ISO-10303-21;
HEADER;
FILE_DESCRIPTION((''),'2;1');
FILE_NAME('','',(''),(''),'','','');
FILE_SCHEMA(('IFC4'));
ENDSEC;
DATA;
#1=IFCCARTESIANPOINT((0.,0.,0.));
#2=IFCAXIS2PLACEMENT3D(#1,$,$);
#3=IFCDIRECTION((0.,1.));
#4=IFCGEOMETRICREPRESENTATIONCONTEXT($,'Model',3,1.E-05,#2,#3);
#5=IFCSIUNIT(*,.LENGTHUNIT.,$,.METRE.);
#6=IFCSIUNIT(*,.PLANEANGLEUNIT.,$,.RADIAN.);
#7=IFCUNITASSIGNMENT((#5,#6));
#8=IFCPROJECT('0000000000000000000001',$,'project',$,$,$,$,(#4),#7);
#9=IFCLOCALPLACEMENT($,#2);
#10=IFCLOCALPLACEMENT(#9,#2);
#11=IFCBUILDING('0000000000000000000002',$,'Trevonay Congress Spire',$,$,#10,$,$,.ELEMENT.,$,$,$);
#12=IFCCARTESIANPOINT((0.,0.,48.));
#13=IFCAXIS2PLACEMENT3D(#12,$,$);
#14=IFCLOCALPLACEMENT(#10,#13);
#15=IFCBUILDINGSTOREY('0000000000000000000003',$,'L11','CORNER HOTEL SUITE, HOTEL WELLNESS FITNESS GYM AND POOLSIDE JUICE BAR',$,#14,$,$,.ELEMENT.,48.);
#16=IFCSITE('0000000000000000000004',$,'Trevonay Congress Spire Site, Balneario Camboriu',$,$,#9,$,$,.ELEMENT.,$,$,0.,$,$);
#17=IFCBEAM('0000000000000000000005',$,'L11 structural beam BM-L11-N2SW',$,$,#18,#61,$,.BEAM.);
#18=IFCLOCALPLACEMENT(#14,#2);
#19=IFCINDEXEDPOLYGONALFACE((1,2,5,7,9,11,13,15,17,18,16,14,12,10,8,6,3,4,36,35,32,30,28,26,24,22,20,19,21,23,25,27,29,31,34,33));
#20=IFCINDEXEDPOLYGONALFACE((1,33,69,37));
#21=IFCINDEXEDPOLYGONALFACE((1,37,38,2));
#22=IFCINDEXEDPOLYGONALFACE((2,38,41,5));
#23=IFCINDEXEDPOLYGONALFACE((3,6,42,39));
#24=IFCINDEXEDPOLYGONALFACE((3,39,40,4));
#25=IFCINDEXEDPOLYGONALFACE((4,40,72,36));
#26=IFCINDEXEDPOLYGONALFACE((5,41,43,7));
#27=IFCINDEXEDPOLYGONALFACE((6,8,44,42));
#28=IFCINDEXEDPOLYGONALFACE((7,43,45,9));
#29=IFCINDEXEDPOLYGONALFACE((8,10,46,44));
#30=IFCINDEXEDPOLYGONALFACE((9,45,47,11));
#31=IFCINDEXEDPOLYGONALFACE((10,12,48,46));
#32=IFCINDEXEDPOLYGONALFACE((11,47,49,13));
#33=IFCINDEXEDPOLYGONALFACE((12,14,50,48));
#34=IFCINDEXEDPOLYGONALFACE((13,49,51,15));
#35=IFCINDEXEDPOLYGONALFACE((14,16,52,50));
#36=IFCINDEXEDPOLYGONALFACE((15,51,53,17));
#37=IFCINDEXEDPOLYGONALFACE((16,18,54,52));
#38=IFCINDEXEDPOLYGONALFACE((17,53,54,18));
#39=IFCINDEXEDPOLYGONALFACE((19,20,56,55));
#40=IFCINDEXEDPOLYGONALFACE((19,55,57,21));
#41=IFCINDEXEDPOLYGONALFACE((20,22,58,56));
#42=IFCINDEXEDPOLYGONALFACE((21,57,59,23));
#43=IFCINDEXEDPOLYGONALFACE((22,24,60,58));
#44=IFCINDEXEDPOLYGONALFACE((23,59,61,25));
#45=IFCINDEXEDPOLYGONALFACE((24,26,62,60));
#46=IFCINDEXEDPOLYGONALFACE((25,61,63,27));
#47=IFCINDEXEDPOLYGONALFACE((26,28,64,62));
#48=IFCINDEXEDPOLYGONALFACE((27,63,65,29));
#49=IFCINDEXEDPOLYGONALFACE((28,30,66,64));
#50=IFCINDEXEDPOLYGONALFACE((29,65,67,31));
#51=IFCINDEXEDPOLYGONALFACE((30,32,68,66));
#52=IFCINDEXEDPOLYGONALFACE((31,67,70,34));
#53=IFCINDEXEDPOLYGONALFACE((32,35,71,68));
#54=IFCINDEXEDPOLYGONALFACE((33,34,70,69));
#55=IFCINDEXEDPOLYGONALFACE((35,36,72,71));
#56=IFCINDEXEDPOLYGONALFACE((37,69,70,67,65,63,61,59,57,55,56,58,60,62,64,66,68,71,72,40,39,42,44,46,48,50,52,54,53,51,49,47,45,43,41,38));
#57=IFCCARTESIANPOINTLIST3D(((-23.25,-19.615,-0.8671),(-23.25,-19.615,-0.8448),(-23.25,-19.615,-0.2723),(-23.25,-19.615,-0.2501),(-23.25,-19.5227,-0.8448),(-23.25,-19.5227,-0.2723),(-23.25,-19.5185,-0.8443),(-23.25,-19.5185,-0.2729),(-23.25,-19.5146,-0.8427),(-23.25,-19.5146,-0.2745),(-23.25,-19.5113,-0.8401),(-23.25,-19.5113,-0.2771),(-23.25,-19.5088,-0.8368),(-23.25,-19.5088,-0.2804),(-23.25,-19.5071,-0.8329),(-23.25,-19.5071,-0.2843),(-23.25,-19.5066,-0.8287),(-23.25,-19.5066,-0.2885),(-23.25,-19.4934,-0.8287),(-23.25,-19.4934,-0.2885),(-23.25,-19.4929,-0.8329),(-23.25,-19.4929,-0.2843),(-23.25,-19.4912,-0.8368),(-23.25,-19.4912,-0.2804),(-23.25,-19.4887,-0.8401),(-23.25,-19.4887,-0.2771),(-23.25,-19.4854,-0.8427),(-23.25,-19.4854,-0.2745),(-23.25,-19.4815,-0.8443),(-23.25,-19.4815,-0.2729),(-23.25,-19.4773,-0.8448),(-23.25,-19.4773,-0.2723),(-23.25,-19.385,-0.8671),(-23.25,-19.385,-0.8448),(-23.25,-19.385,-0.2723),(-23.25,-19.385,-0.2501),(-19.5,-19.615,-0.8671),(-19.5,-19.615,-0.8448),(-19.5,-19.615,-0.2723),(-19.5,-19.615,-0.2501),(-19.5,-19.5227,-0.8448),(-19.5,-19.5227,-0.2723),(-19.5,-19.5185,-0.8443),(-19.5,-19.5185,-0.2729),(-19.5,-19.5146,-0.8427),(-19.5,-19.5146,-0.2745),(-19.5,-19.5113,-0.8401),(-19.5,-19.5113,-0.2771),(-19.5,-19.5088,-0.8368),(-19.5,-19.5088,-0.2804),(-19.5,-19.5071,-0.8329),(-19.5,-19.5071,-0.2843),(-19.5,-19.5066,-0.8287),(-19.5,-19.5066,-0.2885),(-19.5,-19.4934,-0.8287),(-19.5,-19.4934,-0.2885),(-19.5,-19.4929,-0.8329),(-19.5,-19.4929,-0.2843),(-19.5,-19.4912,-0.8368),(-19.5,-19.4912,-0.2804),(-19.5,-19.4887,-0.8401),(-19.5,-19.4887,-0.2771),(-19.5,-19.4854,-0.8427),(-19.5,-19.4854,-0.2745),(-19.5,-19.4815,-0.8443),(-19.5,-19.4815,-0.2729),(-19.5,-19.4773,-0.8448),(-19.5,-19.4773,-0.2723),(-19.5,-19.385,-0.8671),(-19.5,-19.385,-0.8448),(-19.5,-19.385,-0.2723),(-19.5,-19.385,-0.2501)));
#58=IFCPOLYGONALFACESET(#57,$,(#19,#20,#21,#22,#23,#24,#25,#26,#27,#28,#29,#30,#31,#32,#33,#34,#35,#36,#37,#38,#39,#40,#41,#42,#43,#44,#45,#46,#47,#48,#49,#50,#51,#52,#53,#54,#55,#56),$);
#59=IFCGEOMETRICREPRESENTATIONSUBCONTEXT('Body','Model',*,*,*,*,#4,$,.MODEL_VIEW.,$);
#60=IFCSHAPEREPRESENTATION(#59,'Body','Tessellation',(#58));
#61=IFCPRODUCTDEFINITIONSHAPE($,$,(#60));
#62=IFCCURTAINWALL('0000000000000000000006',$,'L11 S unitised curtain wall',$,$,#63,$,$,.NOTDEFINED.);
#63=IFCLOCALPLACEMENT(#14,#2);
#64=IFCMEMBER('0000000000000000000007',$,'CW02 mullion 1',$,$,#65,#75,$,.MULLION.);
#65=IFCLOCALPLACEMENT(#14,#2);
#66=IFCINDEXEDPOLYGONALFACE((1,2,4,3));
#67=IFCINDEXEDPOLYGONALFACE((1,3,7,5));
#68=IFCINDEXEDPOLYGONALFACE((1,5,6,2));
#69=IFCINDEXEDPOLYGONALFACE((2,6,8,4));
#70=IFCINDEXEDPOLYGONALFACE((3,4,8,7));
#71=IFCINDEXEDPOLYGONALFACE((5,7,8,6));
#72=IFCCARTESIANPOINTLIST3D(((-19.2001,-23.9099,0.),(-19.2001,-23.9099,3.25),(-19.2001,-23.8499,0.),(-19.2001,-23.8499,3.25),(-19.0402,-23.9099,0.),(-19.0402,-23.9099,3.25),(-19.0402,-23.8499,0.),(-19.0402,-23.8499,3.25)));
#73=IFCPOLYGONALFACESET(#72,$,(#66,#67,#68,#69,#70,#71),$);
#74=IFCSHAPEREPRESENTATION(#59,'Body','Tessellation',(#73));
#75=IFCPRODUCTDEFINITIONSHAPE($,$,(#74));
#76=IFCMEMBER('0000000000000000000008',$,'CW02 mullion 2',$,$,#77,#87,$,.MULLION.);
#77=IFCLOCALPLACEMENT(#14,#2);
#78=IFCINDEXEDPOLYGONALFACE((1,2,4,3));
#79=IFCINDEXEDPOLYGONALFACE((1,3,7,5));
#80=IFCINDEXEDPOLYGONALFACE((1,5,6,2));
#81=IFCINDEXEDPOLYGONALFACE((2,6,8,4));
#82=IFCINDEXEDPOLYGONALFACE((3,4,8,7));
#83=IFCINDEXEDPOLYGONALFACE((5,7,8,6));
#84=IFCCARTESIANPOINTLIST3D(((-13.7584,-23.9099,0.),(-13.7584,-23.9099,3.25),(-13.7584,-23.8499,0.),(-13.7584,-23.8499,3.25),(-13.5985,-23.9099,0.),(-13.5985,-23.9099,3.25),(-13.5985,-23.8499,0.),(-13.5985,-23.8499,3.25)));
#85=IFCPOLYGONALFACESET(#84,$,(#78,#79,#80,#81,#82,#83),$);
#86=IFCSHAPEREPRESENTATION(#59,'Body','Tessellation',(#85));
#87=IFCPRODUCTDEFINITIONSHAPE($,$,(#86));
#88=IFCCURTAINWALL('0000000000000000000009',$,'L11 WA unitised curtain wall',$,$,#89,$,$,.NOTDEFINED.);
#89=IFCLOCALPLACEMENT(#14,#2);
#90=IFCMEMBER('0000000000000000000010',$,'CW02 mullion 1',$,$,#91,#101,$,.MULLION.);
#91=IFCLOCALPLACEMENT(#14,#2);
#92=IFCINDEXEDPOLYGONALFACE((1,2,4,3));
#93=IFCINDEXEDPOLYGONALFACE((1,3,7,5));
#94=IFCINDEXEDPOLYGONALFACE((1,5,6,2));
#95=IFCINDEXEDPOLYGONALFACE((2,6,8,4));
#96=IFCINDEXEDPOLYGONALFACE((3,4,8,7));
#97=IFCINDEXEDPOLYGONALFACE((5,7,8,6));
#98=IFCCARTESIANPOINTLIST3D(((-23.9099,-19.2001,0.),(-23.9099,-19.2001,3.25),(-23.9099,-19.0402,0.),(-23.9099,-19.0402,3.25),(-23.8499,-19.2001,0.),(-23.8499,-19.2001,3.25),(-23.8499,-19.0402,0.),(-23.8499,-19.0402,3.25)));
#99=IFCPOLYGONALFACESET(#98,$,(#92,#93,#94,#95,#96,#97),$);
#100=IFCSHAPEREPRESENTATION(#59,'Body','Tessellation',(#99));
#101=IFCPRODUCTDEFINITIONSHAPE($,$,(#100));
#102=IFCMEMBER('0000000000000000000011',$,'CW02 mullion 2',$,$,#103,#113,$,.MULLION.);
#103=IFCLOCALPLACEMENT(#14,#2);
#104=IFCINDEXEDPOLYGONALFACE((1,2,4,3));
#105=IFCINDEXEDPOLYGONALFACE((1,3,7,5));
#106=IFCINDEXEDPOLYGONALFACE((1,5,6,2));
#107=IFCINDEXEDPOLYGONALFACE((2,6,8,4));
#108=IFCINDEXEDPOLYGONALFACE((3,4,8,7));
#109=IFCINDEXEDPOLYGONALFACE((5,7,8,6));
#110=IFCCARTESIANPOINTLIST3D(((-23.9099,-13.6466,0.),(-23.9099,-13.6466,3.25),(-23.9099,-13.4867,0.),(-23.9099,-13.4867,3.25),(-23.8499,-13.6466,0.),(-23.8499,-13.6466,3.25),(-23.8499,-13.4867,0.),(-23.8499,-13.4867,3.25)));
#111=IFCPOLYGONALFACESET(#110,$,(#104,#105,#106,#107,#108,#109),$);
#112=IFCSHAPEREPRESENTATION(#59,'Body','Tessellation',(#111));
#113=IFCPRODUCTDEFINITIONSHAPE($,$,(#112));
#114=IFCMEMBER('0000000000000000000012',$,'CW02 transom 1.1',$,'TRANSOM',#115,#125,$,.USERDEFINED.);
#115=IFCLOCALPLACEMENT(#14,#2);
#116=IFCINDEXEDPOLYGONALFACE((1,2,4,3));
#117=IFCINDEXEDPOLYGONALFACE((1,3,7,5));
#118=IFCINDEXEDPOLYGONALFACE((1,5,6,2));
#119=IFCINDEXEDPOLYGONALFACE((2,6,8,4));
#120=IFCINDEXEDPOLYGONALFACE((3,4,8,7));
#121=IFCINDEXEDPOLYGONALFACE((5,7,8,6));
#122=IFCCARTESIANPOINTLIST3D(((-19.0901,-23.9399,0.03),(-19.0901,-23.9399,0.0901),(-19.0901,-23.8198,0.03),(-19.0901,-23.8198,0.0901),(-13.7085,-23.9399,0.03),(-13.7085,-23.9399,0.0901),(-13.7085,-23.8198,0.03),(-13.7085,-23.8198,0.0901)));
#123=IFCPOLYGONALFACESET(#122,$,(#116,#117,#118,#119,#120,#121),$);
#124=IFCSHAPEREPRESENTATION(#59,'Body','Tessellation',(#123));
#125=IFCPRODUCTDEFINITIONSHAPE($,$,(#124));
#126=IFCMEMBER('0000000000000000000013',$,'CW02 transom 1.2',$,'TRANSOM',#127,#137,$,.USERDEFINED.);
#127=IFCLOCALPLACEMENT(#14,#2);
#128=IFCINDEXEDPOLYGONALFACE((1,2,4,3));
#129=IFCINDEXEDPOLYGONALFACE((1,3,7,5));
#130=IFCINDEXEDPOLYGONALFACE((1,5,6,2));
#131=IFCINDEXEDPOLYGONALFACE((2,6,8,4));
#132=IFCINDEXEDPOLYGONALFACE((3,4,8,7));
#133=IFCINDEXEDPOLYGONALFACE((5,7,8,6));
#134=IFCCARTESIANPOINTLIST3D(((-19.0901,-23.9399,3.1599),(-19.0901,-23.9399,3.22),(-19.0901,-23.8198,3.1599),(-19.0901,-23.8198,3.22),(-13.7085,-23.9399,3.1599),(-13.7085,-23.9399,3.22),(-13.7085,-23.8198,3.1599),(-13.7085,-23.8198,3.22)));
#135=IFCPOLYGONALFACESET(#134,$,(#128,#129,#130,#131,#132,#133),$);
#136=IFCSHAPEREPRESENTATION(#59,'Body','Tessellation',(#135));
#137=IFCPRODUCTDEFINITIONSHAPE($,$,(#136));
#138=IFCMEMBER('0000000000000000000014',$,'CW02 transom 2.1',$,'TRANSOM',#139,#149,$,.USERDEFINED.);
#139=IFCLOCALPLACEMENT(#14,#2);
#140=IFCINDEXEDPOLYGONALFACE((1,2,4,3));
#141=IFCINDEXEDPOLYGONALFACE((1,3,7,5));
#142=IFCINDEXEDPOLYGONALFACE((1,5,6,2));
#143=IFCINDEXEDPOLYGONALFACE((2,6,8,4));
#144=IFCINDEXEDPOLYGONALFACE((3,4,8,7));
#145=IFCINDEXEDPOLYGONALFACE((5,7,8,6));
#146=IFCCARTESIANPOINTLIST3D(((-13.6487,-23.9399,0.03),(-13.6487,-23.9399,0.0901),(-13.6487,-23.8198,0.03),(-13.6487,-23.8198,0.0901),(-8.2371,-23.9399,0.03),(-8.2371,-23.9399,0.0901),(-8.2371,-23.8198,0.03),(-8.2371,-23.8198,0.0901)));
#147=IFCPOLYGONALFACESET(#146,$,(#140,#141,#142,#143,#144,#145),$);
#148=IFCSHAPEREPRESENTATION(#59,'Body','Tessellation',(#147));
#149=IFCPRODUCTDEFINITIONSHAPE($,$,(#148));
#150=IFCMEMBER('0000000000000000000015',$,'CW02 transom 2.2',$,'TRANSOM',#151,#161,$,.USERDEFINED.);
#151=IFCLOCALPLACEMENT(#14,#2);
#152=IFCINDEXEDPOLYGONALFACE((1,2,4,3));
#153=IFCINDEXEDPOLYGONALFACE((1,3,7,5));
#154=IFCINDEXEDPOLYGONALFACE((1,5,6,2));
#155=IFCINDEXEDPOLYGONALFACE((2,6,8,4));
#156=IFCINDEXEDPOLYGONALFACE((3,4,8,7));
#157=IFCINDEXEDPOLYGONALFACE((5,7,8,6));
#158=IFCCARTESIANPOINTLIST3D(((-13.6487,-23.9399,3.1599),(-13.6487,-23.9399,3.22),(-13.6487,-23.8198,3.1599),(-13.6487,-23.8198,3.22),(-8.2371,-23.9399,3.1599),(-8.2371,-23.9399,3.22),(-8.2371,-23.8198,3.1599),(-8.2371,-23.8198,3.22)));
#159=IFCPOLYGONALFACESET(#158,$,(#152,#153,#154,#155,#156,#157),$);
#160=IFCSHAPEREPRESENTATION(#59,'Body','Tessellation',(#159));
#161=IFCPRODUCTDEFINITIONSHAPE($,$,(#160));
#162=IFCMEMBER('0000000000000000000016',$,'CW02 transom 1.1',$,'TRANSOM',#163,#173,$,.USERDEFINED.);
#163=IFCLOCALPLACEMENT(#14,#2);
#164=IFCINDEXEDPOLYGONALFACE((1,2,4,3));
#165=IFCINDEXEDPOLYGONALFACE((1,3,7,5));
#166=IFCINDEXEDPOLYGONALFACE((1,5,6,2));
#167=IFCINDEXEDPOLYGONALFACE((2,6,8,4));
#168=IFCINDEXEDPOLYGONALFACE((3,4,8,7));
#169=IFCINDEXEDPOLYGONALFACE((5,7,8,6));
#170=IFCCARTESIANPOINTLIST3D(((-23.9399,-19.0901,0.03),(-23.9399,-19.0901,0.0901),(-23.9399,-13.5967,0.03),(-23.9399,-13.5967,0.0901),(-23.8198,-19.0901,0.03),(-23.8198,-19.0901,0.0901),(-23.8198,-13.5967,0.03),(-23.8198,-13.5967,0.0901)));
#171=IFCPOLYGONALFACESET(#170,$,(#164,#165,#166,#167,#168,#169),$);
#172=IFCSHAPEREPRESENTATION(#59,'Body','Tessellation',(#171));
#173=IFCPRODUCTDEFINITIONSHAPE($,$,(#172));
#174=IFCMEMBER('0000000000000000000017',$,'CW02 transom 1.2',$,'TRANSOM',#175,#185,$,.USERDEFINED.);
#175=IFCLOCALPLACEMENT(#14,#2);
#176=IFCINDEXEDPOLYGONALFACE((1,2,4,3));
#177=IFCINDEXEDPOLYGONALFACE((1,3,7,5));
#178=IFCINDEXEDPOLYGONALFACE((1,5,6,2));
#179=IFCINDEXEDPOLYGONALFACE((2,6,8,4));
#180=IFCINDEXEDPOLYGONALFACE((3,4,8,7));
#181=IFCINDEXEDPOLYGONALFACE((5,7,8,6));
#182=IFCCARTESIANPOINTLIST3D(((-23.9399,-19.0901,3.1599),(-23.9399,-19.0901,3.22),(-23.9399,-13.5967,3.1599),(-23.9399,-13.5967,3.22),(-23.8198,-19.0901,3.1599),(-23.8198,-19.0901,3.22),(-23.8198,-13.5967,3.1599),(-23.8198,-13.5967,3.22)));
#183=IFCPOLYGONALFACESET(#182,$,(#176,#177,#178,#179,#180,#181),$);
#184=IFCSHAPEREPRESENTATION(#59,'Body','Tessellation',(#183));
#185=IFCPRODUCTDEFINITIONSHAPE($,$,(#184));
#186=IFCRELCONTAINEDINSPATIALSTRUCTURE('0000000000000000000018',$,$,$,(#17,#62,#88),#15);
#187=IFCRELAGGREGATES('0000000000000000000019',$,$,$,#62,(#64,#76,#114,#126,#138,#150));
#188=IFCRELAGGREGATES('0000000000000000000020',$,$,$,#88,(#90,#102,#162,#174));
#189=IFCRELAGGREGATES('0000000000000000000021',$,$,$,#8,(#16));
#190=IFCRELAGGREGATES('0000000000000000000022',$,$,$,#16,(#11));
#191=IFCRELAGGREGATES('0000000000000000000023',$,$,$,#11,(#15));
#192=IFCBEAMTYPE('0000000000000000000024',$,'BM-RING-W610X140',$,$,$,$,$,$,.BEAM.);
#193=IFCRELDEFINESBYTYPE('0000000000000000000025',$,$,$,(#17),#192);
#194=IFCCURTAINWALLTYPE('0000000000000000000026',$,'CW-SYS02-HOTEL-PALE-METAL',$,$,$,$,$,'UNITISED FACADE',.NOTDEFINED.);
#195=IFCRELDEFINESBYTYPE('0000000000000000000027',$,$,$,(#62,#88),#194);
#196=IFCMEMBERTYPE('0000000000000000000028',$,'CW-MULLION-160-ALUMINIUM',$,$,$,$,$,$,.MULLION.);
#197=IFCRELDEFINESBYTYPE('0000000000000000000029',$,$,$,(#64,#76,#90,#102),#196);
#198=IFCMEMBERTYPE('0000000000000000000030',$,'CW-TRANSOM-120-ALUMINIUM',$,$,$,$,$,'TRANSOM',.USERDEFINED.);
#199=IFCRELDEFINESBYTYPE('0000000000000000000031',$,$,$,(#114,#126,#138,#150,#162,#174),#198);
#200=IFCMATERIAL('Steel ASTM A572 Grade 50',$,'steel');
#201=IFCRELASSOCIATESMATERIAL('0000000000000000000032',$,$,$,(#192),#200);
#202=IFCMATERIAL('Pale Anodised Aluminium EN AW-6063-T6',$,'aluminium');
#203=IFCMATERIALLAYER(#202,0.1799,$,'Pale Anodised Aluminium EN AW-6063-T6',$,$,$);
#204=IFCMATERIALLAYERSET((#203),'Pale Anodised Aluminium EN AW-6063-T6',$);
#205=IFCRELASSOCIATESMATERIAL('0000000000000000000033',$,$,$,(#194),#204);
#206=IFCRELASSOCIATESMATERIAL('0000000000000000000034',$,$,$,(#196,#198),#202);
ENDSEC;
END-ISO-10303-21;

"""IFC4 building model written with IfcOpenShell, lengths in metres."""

from ifc_helpers import new_model, si_unit, direction, frame, origin, origin_2d, place, context, subcontext, project, spatial, rectangle, i_section, extrude, material, layer, layer_set, material_profile, profile_set, type_object, element, aggregate, save


model = new_model("IFC4")

# Units and contexts
model_context = context("Model", 3, precision=1e-05, world=origin(), true_north=direction((0.0, 1.0)))
body_context = subcontext(model_context, "Body", "Model", "MODEL_VIEW")
ifc_project = project(units=[si_unit("LENGTHUNIT", "METRE"), si_unit("PLANEANGLEUNIT", "RADIAN")], contexts=[model_context])

# Site, building, storey
site_placement = place(None, origin())
site = spatial("IfcSite", under=ifc_project, at=site_placement, Name="Trevonay Congress Spire Site, Balneario Camboriu", CompositionType="ELEMENT", RefElevation=0.0)
building_placement = place(site_placement, origin())
building = spatial("IfcBuilding", under=site, at=building_placement, Name="Trevonay Congress Spire", CompositionType="ELEMENT")
storey_placement = place(building_placement, frame((0.0, 0.0, 48.0)))
storey = spatial("IfcBuildingStorey", under=building, at=storey_placement, Name="L11", Description="CORNER HOTEL SUITE, HOTEL WELLNESS FITNESS GYM AND POOLSIDE JUICE BAR", CompositionType="ELEMENT", Elevation=48.0)

# Shared definitions
ifc_material_1 = material(Name="Steel ASTM A572 Grade 50", Category="steel")

# Beam
ifc_material_profile_1 = material_profile(ifc_material_1, i_section(OverallWidth=0.23, OverallDepth=0.6169, WebThickness=0.0132, FlangeThickness=0.0222, FilletRadius=0.0161, at=origin_2d()), Name="W610x140")
ifc_profile_set_1 = profile_set([ifc_material_profile_1], Name="Steel ASTM A572 Grade 50")
beam_type = type_object("IfcBeamType", Name="BM-RING-W610X140", PredefinedType="BEAM", material=ifc_profile_set_1)
for number, where, z_axis, x_axis, name in (
    (1, (-23.25, -19.5, -0.5586), (1.0, 0.0, 0.0), (0.0, 1.0, 0.0), "L11 structural beam BM-L11-N2SW"),
):
    element("IfcBeam", number, at=place(storey_placement, frame(where, z_axis=z_axis, x_axis=x_axis)), inside=storey, type_object=beam_type, Name=name, PredefinedType="BEAM", context=body_context, shape_type="SweptSolid", body=[
        extrude(i_section(OverallWidth=0.23, OverallDepth=0.6169, WebThickness=0.0132, FlangeThickness=0.0222, FilletRadius=0.0161, at=origin_2d()), origin(), (0.0, 0.0, 1.0), 3.75),
    ])

# Curtain walls, members
ifc_material_2 = material(Name="Pale Anodised Aluminium EN AW-6063-T6", Category="aluminium")
ifc_layer_1 = layer(ifc_material_2, 0.1799, Name="Pale Anodised Aluminium EN AW-6063-T6")
ifc_layer_set_1 = layer_set([ifc_layer_1], Name="Pale Anodised Aluminium EN AW-6063-T6")
curtain_wall_type = type_object("IfcCurtainWallType", Name="CW-SYS02-HOTEL-PALE-METAL", ElementType="UNITISED FACADE", PredefinedType="NOTDEFINED", material=ifc_layer_set_1)
curtain_wall_1_placement = place(storey_placement, origin())
curtain_wall_1 = element("IfcCurtainWall", 2, at=curtain_wall_1_placement, inside=storey, type_object=curtain_wall_type, Name="L11 S unitised curtain wall", PredefinedType="NOTDEFINED")
ifc_material_profile_2 = material_profile(ifc_material_2, rectangle(XDim=0.0601, YDim=0.1599, at=origin_2d()), Name="CW-MULLION-160-ALUMINIUM")
ifc_profile_set_2 = profile_set([ifc_material_profile_2], Name="Pale Anodised Aluminium EN AW-6063-T6")
member_type_1 = type_object("IfcMemberType", Name="CW-MULLION-160-ALUMINIUM", PredefinedType="MULLION", material=ifc_profile_set_2)
member_1_placement = place(storey_placement, frame((-19.1201, -23.8799, 0.0), z_axis=(0.0, 0.0, 1.0), x_axis=(0.0, 1.0, 0.0)))
member_1 = element("IfcMember", 3, at=member_1_placement, type_object=member_type_1, Name="CW02 mullion 1", PredefinedType="MULLION", context=body_context, shape_type="SweptSolid", body=[
    extrude(rectangle(XDim=0.0601, YDim=0.1599, at=origin_2d()), origin(), (0.0, 0.0, 1.0), 3.25),
])
member_2_placement = place(storey_placement, frame((-13.6785, -23.8799, 0.0), z_axis=(0.0, 0.0, 1.0), x_axis=(0.0, 1.0, 0.0)))
member_2 = element("IfcMember", 4, at=member_2_placement, type_object=member_type_1, Name="CW02 mullion 2", PredefinedType="MULLION", context=body_context, shape_type="SweptSolid", body=[
    extrude(rectangle(XDim=0.0601, YDim=0.1599, at=origin_2d()), origin(), (0.0, 0.0, 1.0), 3.25),
])
curtain_wall_2_placement = place(storey_placement, origin())
curtain_wall_2 = element("IfcCurtainWall", 5, at=curtain_wall_2_placement, inside=storey, type_object=curtain_wall_type, Name="L11 WA unitised curtain wall", PredefinedType="NOTDEFINED")
member_3_placement = place(storey_placement, frame((-23.8799, -19.1201, 0.0), z_axis=(0.0, 0.0, 1.0), x_axis=(-1.0, 0.0, 0.0)))
member_3 = element("IfcMember", 6, at=member_3_placement, type_object=member_type_1, Name="CW02 mullion 1", PredefinedType="MULLION", context=body_context, shape_type="SweptSolid", body=[
    extrude(rectangle(XDim=0.0601, YDim=0.1599, at=origin_2d()), origin(), (0.0, 0.0, 1.0), 3.25),
])
member_4_placement = place(storey_placement, frame((-23.8799, -13.5667, 0.0), z_axis=(0.0, 0.0, 1.0), x_axis=(-1.0, 0.0, 0.0)))
member_4 = element("IfcMember", 7, at=member_4_placement, type_object=member_type_1, Name="CW02 mullion 2", PredefinedType="MULLION", context=body_context, shape_type="SweptSolid", body=[
    extrude(rectangle(XDim=0.0601, YDim=0.1599, at=origin_2d()), origin(), (0.0, 0.0, 1.0), 3.25),
])

# Members
ifc_material_profile_3 = material_profile(ifc_material_2, rectangle(XDim=0.1201, YDim=0.0601, at=origin_2d()), Name="CW-TRANSOM-120-ALUMINIUM")
ifc_profile_set_3 = profile_set([ifc_material_profile_3], Name="Pale Anodised Aluminium EN AW-6063-T6")
member_type_2 = type_object("IfcMemberType", Name="CW-TRANSOM-120-ALUMINIUM", ElementType="TRANSOM", PredefinedType="USERDEFINED", material=ifc_profile_set_3)
member_5_placement = place(storey_placement, frame((-19.0901, -23.8799, 0.0601), z_axis=(1.0, 0.0, 0.0), x_axis=(0.0, 1.0, 0.0)))
member_5 = element("IfcMember", 8, at=member_5_placement, type_object=member_type_2, Name="CW02 transom 1.1", ObjectType="TRANSOM", PredefinedType="USERDEFINED", context=body_context, shape_type="SweptSolid", body=[
    extrude(rectangle(XDim=0.1201, YDim=0.0601, at=origin_2d()), origin(), (0.0, 0.0, 1.0), 5.3816),
])
member_6_placement = place(storey_placement, frame((-19.0901, -23.8799, 3.1899), z_axis=(1.0, 0.0, 0.0), x_axis=(0.0, 1.0, 0.0)))
member_6 = element("IfcMember", 9, at=member_6_placement, type_object=member_type_2, Name="CW02 transom 1.2", ObjectType="TRANSOM", PredefinedType="USERDEFINED", context=body_context, shape_type="SweptSolid", body=[
    extrude(rectangle(XDim=0.1201, YDim=0.0601, at=origin_2d()), origin(), (0.0, 0.0, 1.0), 5.3816),
])
member_7_placement = place(storey_placement, frame((-13.6487, -23.8799, 0.0601), z_axis=(1.0, 0.0, 0.0), x_axis=(0.0, 1.0, 0.0)))
member_7 = element("IfcMember", 10, at=member_7_placement, type_object=member_type_2, Name="CW02 transom 2.1", ObjectType="TRANSOM", PredefinedType="USERDEFINED", context=body_context, shape_type="SweptSolid", body=[
    extrude(rectangle(XDim=0.1201, YDim=0.0601, at=origin_2d()), origin(), (0.0, 0.0, 1.0), 5.4116),
])
member_8_placement = place(storey_placement, frame((-13.6487, -23.8799, 3.1899), z_axis=(1.0, 0.0, 0.0), x_axis=(0.0, 1.0, 0.0)))
member_8 = element("IfcMember", 11, at=member_8_placement, type_object=member_type_2, Name="CW02 transom 2.2", ObjectType="TRANSOM", PredefinedType="USERDEFINED", context=body_context, shape_type="SweptSolid", body=[
    extrude(rectangle(XDim=0.1201, YDim=0.0601, at=origin_2d()), origin(), (0.0, 0.0, 1.0), 5.4116),
])
member_9_placement = place(storey_placement, frame((-23.8799, -19.0901, 0.0601), z_axis=(0.0, 1.0, 0.0), x_axis=(-1.0, 0.0, 0.0)))
member_9 = element("IfcMember", 12, at=member_9_placement, type_object=member_type_2, Name="CW02 transom 1.1", ObjectType="TRANSOM", PredefinedType="USERDEFINED", context=body_context, shape_type="SweptSolid", body=[
    extrude(rectangle(XDim=0.1201, YDim=0.0601, at=origin_2d()), origin(), (0.0, 0.0, 1.0), 5.4934),
])
member_10_placement = place(storey_placement, frame((-23.8799, -19.0901, 3.1899), z_axis=(0.0, 1.0, 0.0), x_axis=(-1.0, 0.0, 0.0)))
member_10 = element("IfcMember", 13, at=member_10_placement, type_object=member_type_2, Name="CW02 transom 1.2", ObjectType="TRANSOM", PredefinedType="USERDEFINED", context=body_context, shape_type="SweptSolid", body=[
    extrude(rectangle(XDim=0.1201, YDim=0.0601, at=origin_2d()), origin(), (0.0, 0.0, 1.0), 5.4934),
])

aggregate(curtain_wall_1, [member_1, member_2, member_5, member_6, member_7, member_8])
aggregate(curtain_wall_2, [member_3, member_4, member_9, member_10])

save(model, "model.ifc")
